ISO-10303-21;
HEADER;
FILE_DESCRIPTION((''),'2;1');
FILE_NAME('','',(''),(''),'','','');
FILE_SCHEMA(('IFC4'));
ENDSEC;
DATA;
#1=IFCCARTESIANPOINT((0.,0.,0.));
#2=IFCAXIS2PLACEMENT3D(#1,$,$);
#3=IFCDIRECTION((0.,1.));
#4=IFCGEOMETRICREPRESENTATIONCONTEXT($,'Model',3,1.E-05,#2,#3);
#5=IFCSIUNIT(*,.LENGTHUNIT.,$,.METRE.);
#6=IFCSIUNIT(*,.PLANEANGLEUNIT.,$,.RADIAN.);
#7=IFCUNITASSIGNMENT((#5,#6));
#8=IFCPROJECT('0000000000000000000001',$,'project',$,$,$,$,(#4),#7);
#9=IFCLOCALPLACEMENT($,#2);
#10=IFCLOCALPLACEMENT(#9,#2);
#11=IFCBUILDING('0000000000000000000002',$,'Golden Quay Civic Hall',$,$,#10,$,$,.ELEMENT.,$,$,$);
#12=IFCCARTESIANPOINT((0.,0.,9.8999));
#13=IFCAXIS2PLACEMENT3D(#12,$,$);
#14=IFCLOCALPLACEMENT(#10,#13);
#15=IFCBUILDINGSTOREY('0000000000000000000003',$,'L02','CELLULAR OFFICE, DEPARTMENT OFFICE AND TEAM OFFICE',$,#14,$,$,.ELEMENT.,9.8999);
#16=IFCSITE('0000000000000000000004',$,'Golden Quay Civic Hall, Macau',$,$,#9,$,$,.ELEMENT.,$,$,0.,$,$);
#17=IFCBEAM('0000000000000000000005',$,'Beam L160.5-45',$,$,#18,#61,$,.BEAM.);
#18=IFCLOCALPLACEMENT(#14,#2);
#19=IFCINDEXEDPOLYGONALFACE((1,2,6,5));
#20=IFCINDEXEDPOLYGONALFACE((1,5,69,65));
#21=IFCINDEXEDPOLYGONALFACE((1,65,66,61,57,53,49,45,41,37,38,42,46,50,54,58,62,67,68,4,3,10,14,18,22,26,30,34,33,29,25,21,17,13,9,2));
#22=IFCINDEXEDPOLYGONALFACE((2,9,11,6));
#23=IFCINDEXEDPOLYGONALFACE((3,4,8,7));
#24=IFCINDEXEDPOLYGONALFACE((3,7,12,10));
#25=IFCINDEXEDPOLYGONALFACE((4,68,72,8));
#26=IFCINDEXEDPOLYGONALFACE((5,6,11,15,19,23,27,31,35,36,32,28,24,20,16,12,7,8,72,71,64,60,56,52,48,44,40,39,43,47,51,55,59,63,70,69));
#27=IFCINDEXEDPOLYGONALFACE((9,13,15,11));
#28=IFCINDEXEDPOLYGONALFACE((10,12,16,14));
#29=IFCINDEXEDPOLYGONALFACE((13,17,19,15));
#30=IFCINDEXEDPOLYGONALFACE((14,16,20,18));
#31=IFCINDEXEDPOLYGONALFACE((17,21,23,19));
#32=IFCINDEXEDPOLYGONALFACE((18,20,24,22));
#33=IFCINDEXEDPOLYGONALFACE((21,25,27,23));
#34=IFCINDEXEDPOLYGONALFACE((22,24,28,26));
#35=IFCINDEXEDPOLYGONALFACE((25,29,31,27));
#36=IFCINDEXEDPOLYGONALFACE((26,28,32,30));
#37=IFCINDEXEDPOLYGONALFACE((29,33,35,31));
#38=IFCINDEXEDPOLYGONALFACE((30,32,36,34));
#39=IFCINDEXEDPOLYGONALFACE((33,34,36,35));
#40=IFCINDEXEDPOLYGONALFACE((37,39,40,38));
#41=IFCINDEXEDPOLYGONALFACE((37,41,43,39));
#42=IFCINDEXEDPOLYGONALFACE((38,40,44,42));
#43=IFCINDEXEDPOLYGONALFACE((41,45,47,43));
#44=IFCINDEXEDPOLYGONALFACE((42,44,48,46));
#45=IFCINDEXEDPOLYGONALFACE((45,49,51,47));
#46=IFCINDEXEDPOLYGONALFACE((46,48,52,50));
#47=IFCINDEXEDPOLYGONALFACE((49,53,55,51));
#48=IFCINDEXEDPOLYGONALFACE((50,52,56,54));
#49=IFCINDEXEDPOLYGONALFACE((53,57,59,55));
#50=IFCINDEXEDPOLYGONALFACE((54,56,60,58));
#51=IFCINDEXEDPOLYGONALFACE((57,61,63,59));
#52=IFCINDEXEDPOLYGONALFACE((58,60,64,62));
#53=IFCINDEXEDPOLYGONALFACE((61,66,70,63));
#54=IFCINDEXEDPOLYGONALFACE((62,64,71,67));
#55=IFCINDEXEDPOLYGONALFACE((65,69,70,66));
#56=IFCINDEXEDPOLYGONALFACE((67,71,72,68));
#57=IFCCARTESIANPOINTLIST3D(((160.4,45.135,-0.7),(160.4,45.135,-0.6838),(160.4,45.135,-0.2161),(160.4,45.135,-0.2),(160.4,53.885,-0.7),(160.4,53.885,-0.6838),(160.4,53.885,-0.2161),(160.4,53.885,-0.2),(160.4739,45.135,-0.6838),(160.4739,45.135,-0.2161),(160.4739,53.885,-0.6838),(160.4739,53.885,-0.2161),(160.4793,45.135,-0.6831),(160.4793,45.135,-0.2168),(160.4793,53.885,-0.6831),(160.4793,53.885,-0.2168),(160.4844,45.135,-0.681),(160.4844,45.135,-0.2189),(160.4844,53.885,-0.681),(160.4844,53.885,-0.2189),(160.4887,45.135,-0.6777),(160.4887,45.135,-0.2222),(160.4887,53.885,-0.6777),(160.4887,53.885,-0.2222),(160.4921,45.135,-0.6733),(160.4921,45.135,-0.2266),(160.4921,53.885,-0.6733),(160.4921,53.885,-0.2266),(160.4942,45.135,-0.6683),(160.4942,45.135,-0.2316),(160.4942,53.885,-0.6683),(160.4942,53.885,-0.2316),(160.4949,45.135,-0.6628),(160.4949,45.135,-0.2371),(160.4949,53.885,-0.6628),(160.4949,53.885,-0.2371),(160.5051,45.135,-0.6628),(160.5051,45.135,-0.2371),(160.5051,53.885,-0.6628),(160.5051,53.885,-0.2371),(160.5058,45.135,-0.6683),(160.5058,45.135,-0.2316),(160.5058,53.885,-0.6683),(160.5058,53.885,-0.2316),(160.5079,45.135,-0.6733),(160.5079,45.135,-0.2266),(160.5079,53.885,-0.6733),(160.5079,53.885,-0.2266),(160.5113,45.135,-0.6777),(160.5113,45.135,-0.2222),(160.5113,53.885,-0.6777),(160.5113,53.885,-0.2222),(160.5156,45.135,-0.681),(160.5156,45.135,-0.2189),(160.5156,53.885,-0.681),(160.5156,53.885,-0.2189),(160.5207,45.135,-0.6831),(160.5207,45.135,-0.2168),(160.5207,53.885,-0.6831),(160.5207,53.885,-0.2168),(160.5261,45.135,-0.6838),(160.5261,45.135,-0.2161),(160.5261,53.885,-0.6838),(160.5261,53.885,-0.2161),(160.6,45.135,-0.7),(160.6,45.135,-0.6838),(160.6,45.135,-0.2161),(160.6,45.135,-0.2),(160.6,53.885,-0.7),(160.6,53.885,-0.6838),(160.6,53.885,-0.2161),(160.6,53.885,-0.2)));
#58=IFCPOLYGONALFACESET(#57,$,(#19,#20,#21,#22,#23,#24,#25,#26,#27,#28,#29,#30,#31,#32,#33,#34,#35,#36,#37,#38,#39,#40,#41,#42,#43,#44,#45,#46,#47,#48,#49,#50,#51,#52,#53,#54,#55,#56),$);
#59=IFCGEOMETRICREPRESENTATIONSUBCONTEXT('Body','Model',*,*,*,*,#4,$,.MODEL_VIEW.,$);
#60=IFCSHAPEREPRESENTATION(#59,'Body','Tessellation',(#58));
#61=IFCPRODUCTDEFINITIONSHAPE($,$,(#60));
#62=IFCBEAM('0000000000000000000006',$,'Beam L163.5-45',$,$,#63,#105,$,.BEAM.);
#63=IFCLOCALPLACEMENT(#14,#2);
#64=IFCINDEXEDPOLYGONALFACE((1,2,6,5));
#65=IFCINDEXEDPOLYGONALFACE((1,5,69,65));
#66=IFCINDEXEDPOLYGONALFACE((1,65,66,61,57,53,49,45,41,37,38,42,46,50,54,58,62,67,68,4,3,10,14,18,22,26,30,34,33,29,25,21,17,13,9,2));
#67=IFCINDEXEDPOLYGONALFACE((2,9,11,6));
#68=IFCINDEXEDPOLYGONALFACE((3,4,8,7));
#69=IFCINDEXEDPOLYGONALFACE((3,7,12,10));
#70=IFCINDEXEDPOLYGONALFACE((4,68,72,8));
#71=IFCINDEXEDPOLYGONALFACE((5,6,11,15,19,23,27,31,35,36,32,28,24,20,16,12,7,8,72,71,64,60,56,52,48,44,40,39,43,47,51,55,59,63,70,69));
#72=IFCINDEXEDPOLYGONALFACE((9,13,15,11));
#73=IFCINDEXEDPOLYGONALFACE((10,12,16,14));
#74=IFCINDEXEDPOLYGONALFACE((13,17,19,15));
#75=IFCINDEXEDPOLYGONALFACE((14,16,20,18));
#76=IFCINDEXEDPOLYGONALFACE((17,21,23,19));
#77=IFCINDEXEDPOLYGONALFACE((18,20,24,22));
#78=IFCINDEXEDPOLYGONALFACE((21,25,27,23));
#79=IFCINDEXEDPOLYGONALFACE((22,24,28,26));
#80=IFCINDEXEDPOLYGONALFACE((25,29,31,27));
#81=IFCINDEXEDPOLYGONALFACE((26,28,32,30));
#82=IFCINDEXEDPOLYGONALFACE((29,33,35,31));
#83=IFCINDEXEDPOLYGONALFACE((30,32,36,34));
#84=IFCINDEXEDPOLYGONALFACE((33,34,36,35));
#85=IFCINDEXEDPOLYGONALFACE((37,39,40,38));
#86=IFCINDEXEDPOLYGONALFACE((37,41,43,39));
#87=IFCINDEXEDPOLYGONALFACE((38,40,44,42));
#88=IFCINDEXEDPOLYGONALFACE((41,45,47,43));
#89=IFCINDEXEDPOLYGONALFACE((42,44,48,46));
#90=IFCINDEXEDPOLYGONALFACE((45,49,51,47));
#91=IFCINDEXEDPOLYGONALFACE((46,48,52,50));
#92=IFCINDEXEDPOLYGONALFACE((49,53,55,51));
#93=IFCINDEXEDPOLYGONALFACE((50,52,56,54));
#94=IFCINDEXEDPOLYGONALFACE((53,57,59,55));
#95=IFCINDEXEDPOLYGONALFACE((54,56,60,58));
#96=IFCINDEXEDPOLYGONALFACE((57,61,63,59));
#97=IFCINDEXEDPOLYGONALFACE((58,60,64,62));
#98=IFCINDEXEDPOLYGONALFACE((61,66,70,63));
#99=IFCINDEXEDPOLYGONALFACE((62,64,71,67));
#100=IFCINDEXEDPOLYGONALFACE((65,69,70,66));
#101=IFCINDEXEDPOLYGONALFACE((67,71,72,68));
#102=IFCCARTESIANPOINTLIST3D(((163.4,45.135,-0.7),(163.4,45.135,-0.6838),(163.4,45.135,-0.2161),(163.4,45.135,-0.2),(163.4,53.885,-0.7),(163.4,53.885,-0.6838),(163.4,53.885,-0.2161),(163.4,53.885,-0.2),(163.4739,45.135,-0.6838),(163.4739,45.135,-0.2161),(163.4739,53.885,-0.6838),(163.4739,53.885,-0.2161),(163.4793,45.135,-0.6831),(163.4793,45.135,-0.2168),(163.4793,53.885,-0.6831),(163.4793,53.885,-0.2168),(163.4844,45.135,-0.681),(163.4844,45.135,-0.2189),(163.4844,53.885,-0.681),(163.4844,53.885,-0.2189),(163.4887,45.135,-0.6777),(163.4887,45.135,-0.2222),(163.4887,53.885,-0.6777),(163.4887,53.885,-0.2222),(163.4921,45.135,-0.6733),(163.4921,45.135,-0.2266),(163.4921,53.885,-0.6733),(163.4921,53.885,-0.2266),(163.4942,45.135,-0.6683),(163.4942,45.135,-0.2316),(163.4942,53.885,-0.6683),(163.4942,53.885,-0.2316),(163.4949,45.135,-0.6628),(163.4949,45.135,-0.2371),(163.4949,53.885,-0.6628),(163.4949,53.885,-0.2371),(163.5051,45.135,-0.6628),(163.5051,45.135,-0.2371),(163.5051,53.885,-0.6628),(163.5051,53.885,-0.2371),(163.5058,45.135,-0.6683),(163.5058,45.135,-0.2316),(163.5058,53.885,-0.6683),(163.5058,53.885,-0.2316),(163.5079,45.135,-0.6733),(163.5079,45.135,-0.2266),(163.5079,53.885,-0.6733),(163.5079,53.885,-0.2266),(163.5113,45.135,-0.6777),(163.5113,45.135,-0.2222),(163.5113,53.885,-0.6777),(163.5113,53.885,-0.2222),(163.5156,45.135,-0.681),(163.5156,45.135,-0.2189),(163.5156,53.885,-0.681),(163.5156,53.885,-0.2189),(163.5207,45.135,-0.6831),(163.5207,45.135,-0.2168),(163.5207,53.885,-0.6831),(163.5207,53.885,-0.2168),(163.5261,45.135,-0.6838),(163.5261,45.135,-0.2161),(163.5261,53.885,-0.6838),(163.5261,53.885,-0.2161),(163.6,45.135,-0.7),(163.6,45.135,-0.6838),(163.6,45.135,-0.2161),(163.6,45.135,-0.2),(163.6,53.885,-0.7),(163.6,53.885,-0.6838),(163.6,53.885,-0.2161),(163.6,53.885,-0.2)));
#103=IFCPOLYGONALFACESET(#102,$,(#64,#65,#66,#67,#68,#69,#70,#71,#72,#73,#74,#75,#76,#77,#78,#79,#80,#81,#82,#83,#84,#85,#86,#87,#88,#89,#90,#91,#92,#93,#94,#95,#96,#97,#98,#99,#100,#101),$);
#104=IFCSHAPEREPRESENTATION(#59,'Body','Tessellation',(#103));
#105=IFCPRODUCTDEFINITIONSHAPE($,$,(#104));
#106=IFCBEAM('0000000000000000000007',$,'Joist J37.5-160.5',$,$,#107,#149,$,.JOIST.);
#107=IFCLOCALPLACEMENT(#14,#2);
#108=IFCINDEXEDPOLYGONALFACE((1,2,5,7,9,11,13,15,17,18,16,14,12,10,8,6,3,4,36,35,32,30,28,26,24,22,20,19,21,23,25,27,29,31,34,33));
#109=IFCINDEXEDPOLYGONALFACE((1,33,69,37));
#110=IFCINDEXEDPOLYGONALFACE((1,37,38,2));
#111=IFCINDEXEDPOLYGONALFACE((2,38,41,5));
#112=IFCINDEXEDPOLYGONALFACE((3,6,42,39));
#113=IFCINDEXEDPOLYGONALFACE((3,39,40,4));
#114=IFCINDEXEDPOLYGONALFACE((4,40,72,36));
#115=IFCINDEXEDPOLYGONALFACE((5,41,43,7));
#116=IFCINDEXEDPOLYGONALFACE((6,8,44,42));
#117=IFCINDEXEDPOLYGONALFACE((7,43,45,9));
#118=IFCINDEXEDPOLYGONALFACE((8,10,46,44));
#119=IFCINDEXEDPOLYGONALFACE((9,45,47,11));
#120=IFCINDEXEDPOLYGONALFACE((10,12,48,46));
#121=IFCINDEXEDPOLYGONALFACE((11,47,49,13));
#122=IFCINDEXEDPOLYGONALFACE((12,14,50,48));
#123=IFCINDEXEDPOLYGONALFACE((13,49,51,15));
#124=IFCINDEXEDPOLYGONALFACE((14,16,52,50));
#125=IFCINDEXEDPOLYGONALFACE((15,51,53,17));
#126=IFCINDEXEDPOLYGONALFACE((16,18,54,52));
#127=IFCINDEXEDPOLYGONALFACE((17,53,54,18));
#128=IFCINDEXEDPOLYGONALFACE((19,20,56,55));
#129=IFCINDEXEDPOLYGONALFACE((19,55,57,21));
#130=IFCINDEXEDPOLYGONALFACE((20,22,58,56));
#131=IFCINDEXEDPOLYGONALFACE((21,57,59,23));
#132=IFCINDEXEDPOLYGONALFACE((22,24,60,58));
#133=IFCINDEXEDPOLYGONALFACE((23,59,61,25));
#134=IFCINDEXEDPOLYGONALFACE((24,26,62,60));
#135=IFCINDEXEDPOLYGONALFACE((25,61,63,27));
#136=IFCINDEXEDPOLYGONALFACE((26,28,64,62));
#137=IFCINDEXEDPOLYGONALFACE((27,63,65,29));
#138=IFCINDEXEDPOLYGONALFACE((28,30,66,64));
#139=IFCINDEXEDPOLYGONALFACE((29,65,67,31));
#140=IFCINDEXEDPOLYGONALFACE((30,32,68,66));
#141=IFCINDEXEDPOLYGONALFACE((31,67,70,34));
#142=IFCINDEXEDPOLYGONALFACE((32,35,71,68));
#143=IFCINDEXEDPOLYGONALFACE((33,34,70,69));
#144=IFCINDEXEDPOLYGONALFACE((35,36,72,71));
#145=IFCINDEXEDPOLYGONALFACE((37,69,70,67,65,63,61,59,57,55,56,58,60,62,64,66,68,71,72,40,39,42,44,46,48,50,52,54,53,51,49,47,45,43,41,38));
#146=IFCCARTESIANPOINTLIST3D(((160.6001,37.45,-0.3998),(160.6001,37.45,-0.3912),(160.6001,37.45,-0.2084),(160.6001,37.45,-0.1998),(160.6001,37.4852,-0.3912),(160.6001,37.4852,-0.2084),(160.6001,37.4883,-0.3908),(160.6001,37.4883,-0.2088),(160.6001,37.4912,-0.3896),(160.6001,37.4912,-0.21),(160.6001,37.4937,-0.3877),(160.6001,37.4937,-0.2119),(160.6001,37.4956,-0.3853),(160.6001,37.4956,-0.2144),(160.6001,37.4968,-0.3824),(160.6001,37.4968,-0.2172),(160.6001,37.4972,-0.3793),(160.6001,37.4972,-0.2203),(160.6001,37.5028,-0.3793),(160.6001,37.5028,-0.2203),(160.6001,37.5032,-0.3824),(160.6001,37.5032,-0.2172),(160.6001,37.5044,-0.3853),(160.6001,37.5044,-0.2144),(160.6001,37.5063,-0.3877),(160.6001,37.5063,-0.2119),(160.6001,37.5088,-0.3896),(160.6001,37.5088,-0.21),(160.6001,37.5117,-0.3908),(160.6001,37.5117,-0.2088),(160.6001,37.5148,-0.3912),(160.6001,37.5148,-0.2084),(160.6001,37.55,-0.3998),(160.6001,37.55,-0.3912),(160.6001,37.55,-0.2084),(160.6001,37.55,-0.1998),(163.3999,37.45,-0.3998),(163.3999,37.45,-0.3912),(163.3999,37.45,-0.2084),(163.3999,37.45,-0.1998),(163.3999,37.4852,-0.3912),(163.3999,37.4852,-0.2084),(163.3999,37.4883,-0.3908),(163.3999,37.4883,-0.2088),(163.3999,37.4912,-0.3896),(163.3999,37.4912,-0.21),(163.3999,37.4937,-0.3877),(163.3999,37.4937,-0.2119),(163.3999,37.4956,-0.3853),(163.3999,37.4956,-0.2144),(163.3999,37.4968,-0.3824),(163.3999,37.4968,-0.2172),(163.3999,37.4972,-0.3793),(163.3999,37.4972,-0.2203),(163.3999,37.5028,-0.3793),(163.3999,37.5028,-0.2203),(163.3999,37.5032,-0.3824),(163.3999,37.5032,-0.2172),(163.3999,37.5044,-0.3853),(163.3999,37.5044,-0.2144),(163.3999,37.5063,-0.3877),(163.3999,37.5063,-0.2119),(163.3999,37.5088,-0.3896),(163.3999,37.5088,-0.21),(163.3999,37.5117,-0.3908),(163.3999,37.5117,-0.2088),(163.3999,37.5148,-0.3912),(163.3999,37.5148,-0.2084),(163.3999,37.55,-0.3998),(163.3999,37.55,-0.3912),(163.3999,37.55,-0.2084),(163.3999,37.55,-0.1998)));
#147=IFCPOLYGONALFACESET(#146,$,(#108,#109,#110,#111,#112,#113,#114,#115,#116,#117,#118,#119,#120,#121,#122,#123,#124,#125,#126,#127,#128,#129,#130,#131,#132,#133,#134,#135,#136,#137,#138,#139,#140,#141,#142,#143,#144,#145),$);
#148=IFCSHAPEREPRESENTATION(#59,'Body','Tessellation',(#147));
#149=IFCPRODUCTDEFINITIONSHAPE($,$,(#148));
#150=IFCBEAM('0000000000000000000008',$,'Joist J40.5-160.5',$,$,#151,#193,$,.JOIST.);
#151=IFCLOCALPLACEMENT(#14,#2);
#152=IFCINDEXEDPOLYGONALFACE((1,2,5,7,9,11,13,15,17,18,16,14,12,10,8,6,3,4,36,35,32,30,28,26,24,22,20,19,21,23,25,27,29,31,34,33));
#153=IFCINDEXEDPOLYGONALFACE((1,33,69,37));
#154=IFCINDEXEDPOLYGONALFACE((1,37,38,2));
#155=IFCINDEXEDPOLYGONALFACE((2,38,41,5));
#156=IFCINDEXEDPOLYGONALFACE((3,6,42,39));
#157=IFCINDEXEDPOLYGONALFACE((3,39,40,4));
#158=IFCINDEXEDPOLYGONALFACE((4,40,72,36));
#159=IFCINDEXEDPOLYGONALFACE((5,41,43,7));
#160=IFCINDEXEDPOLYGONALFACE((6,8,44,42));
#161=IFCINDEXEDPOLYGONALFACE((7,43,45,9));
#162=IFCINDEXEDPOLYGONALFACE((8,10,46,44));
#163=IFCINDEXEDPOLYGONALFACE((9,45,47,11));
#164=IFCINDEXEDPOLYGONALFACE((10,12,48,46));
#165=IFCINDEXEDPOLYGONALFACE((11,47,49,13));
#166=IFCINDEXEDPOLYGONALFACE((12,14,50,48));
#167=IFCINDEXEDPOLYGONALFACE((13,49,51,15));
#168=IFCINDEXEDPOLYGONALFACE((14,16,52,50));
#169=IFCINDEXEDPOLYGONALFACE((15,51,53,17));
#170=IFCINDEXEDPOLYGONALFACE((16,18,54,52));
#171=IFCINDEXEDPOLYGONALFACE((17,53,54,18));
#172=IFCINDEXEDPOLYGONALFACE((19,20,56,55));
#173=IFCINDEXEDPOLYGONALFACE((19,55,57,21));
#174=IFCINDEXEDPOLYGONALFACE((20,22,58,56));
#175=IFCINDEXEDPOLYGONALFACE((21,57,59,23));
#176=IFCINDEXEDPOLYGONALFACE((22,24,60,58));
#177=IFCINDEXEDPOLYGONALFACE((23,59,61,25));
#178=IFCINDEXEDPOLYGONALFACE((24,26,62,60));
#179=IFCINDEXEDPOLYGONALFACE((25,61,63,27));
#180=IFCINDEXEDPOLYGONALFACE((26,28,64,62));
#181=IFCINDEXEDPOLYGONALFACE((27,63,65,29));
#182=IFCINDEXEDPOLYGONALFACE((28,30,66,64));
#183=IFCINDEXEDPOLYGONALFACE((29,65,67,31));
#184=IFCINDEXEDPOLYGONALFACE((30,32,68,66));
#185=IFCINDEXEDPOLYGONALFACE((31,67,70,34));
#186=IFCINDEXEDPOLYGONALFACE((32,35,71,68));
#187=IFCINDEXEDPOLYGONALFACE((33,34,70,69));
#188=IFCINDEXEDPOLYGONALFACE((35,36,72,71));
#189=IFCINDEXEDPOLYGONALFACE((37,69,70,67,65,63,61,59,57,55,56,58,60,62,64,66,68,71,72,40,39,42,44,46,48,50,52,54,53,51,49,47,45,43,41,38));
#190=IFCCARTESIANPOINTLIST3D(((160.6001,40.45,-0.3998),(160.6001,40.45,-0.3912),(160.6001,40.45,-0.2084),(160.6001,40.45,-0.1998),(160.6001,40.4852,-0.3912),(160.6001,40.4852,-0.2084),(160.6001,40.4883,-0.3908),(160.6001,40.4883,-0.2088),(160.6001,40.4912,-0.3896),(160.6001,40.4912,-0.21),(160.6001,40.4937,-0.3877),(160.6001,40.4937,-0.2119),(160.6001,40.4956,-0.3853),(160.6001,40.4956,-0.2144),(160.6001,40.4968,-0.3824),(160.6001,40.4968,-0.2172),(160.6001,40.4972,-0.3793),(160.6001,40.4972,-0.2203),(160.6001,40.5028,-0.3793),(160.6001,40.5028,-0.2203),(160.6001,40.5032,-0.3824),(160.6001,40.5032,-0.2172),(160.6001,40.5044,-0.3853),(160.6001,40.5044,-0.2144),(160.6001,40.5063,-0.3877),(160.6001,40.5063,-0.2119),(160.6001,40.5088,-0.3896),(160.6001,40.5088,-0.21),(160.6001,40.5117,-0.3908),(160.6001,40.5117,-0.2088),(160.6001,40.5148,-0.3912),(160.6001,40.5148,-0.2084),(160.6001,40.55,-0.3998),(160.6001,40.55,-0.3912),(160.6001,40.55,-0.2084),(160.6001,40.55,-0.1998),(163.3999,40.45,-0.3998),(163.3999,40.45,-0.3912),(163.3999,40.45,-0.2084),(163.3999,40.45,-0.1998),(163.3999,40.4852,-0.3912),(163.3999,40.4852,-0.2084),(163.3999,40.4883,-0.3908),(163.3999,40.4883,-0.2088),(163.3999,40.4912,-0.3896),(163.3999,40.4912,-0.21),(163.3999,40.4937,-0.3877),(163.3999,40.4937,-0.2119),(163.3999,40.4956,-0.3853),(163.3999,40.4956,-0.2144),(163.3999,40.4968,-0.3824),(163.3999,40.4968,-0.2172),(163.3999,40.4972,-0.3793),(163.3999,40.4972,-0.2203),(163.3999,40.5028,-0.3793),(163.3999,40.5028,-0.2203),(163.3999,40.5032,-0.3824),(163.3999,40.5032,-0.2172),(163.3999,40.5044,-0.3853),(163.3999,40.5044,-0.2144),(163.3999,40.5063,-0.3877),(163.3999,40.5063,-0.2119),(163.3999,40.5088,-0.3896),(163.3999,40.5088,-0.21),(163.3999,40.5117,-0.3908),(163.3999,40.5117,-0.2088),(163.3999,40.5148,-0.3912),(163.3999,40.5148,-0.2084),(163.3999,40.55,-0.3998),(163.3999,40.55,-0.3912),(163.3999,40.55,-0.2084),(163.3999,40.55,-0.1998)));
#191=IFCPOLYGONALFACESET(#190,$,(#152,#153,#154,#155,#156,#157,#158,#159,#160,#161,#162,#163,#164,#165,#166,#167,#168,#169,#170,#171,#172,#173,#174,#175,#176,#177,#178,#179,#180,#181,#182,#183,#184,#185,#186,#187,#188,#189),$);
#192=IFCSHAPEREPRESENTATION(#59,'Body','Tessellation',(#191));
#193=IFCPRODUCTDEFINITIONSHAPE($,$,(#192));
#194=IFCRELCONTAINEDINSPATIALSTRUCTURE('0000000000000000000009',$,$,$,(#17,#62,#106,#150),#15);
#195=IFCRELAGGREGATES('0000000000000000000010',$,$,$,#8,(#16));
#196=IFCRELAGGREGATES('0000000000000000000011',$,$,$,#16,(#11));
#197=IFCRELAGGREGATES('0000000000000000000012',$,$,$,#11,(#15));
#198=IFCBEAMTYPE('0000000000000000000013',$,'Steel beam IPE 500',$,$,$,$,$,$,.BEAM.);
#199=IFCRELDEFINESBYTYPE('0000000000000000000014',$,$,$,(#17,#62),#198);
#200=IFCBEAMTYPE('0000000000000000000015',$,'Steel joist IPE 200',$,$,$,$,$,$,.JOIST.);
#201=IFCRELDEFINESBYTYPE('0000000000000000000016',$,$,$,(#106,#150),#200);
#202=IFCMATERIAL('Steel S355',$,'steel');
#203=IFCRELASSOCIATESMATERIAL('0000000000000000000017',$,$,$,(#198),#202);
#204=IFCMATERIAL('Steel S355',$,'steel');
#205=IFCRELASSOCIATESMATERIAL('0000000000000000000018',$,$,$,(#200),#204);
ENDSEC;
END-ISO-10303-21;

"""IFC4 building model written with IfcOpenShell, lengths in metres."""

from ifc_helpers import new_model, si_unit, direction, frame, origin, origin_2d, place, context, subcontext, project, spatial, i_section, extrude, material, material_profile, profile_set, type_object, element, save


model = new_model("IFC4")

# Units and contexts
model_context = context("Model", 3, precision=1e-05, world=origin(), true_north=direction((0.0, 1.0)))
body_context = subcontext(model_context, "Body", "Model", "MODEL_VIEW")
ifc_project = project(units=[si_unit("LENGTHUNIT", "METRE"), si_unit("PLANEANGLEUNIT", "RADIAN")], contexts=[model_context])

# Site, building, storey
site_placement = place(None, origin())
site = spatial("IfcSite", under=ifc_project, at=site_placement, Name="Golden Quay Civic Hall, Macau", CompositionType="ELEMENT", RefElevation=0.0)
building_placement = place(site_placement, origin())
building = spatial("IfcBuilding", under=site, at=building_placement, Name="Golden Quay Civic Hall", CompositionType="ELEMENT")
storey_placement = place(building_placement, frame((0.0, 0.0, 9.8999)))
storey = spatial("IfcBuildingStorey", under=building, at=storey_placement, Name="L02", Description="CELLULAR OFFICE, DEPARTMENT OFFICE AND TEAM OFFICE", CompositionType="ELEMENT", Elevation=9.8999)

# Beams
ifc_material_1 = material(Name="Steel S355", Category="steel")
ifc_material_profile_1 = material_profile(ifc_material_1, i_section(OverallWidth=0.2, OverallDepth=0.5, WebThickness=0.0103, FlangeThickness=0.0161, FilletRadius=0.021, at=origin_2d()), Name="IPE 500")
ifc_profile_set_1 = profile_set([ifc_material_profile_1], Name="Steel S355")
beam_type_1 = type_object("IfcBeamType", Name="Steel beam IPE 500", PredefinedType="BEAM", material=ifc_profile_set_1)
for number, where, z_axis, x_axis, name in (
    (1, (160.5, 45.135, -0.45), (0.0, 1.0, 0.0), (-1.0, 0.0, 0.0), "Beam L160.5-45"),
    (2, (163.5, 45.135, -0.45), (0.0, 1.0, 0.0), (-1.0, 0.0, 0.0), "Beam L163.5-45"),
):
    element("IfcBeam", number, at=place(storey_placement, frame(where, z_axis=z_axis, x_axis=x_axis)), inside=storey, type_object=beam_type_1, Name=name, PredefinedType="BEAM", context=body_context, shape_type="SweptSolid", body=[
        extrude(i_section(OverallWidth=0.2, OverallDepth=0.5, WebThickness=0.0103, FlangeThickness=0.0161, FilletRadius=0.021, at=origin_2d()), origin(), (0.0, 0.0, 1.0), 8.75),
    ])
ifc_material_2 = material(Name="Steel S355", Category="steel")
ifc_material_profile_2 = material_profile(ifc_material_2, i_section(OverallWidth=0.1001, OverallDepth=0.2, WebThickness=0.0056, FlangeThickness=0.0085, FilletRadius=0.012, at=origin_2d()), Name="IPE 200")
ifc_profile_set_2 = profile_set([ifc_material_profile_2], Name="Steel S355")
beam_type_2 = type_object("IfcBeamType", Name="Steel joist IPE 200", PredefinedType="JOIST", material=ifc_profile_set_2)
for number, where, z_axis, x_axis, name in (
    (3, (160.6001, 37.5, -0.2998), (1.0, 0.0, 0.0), (0.0, 1.0, 0.0), "Joist J37.5-160.5"),
    (4, (160.6001, 40.5, -0.2998), (1.0, 0.0, 0.0), (0.0, 1.0, 0.0), "Joist J40.5-160.5"),
):
    element("IfcBeam", number, at=place(storey_placement, frame(where, z_axis=z_axis, x_axis=x_axis)), inside=storey, type_object=beam_type_2, Name=name, PredefinedType="JOIST", context=body_context, shape_type="SweptSolid", body=[
        extrude(i_section(OverallWidth=0.1001, OverallDepth=0.2, WebThickness=0.0056, FlangeThickness=0.0085, FilletRadius=0.012, at=origin_2d()), origin(), (0.0, 0.0, 1.0), 2.7998),
    ])

save(model, "model.ifc")
